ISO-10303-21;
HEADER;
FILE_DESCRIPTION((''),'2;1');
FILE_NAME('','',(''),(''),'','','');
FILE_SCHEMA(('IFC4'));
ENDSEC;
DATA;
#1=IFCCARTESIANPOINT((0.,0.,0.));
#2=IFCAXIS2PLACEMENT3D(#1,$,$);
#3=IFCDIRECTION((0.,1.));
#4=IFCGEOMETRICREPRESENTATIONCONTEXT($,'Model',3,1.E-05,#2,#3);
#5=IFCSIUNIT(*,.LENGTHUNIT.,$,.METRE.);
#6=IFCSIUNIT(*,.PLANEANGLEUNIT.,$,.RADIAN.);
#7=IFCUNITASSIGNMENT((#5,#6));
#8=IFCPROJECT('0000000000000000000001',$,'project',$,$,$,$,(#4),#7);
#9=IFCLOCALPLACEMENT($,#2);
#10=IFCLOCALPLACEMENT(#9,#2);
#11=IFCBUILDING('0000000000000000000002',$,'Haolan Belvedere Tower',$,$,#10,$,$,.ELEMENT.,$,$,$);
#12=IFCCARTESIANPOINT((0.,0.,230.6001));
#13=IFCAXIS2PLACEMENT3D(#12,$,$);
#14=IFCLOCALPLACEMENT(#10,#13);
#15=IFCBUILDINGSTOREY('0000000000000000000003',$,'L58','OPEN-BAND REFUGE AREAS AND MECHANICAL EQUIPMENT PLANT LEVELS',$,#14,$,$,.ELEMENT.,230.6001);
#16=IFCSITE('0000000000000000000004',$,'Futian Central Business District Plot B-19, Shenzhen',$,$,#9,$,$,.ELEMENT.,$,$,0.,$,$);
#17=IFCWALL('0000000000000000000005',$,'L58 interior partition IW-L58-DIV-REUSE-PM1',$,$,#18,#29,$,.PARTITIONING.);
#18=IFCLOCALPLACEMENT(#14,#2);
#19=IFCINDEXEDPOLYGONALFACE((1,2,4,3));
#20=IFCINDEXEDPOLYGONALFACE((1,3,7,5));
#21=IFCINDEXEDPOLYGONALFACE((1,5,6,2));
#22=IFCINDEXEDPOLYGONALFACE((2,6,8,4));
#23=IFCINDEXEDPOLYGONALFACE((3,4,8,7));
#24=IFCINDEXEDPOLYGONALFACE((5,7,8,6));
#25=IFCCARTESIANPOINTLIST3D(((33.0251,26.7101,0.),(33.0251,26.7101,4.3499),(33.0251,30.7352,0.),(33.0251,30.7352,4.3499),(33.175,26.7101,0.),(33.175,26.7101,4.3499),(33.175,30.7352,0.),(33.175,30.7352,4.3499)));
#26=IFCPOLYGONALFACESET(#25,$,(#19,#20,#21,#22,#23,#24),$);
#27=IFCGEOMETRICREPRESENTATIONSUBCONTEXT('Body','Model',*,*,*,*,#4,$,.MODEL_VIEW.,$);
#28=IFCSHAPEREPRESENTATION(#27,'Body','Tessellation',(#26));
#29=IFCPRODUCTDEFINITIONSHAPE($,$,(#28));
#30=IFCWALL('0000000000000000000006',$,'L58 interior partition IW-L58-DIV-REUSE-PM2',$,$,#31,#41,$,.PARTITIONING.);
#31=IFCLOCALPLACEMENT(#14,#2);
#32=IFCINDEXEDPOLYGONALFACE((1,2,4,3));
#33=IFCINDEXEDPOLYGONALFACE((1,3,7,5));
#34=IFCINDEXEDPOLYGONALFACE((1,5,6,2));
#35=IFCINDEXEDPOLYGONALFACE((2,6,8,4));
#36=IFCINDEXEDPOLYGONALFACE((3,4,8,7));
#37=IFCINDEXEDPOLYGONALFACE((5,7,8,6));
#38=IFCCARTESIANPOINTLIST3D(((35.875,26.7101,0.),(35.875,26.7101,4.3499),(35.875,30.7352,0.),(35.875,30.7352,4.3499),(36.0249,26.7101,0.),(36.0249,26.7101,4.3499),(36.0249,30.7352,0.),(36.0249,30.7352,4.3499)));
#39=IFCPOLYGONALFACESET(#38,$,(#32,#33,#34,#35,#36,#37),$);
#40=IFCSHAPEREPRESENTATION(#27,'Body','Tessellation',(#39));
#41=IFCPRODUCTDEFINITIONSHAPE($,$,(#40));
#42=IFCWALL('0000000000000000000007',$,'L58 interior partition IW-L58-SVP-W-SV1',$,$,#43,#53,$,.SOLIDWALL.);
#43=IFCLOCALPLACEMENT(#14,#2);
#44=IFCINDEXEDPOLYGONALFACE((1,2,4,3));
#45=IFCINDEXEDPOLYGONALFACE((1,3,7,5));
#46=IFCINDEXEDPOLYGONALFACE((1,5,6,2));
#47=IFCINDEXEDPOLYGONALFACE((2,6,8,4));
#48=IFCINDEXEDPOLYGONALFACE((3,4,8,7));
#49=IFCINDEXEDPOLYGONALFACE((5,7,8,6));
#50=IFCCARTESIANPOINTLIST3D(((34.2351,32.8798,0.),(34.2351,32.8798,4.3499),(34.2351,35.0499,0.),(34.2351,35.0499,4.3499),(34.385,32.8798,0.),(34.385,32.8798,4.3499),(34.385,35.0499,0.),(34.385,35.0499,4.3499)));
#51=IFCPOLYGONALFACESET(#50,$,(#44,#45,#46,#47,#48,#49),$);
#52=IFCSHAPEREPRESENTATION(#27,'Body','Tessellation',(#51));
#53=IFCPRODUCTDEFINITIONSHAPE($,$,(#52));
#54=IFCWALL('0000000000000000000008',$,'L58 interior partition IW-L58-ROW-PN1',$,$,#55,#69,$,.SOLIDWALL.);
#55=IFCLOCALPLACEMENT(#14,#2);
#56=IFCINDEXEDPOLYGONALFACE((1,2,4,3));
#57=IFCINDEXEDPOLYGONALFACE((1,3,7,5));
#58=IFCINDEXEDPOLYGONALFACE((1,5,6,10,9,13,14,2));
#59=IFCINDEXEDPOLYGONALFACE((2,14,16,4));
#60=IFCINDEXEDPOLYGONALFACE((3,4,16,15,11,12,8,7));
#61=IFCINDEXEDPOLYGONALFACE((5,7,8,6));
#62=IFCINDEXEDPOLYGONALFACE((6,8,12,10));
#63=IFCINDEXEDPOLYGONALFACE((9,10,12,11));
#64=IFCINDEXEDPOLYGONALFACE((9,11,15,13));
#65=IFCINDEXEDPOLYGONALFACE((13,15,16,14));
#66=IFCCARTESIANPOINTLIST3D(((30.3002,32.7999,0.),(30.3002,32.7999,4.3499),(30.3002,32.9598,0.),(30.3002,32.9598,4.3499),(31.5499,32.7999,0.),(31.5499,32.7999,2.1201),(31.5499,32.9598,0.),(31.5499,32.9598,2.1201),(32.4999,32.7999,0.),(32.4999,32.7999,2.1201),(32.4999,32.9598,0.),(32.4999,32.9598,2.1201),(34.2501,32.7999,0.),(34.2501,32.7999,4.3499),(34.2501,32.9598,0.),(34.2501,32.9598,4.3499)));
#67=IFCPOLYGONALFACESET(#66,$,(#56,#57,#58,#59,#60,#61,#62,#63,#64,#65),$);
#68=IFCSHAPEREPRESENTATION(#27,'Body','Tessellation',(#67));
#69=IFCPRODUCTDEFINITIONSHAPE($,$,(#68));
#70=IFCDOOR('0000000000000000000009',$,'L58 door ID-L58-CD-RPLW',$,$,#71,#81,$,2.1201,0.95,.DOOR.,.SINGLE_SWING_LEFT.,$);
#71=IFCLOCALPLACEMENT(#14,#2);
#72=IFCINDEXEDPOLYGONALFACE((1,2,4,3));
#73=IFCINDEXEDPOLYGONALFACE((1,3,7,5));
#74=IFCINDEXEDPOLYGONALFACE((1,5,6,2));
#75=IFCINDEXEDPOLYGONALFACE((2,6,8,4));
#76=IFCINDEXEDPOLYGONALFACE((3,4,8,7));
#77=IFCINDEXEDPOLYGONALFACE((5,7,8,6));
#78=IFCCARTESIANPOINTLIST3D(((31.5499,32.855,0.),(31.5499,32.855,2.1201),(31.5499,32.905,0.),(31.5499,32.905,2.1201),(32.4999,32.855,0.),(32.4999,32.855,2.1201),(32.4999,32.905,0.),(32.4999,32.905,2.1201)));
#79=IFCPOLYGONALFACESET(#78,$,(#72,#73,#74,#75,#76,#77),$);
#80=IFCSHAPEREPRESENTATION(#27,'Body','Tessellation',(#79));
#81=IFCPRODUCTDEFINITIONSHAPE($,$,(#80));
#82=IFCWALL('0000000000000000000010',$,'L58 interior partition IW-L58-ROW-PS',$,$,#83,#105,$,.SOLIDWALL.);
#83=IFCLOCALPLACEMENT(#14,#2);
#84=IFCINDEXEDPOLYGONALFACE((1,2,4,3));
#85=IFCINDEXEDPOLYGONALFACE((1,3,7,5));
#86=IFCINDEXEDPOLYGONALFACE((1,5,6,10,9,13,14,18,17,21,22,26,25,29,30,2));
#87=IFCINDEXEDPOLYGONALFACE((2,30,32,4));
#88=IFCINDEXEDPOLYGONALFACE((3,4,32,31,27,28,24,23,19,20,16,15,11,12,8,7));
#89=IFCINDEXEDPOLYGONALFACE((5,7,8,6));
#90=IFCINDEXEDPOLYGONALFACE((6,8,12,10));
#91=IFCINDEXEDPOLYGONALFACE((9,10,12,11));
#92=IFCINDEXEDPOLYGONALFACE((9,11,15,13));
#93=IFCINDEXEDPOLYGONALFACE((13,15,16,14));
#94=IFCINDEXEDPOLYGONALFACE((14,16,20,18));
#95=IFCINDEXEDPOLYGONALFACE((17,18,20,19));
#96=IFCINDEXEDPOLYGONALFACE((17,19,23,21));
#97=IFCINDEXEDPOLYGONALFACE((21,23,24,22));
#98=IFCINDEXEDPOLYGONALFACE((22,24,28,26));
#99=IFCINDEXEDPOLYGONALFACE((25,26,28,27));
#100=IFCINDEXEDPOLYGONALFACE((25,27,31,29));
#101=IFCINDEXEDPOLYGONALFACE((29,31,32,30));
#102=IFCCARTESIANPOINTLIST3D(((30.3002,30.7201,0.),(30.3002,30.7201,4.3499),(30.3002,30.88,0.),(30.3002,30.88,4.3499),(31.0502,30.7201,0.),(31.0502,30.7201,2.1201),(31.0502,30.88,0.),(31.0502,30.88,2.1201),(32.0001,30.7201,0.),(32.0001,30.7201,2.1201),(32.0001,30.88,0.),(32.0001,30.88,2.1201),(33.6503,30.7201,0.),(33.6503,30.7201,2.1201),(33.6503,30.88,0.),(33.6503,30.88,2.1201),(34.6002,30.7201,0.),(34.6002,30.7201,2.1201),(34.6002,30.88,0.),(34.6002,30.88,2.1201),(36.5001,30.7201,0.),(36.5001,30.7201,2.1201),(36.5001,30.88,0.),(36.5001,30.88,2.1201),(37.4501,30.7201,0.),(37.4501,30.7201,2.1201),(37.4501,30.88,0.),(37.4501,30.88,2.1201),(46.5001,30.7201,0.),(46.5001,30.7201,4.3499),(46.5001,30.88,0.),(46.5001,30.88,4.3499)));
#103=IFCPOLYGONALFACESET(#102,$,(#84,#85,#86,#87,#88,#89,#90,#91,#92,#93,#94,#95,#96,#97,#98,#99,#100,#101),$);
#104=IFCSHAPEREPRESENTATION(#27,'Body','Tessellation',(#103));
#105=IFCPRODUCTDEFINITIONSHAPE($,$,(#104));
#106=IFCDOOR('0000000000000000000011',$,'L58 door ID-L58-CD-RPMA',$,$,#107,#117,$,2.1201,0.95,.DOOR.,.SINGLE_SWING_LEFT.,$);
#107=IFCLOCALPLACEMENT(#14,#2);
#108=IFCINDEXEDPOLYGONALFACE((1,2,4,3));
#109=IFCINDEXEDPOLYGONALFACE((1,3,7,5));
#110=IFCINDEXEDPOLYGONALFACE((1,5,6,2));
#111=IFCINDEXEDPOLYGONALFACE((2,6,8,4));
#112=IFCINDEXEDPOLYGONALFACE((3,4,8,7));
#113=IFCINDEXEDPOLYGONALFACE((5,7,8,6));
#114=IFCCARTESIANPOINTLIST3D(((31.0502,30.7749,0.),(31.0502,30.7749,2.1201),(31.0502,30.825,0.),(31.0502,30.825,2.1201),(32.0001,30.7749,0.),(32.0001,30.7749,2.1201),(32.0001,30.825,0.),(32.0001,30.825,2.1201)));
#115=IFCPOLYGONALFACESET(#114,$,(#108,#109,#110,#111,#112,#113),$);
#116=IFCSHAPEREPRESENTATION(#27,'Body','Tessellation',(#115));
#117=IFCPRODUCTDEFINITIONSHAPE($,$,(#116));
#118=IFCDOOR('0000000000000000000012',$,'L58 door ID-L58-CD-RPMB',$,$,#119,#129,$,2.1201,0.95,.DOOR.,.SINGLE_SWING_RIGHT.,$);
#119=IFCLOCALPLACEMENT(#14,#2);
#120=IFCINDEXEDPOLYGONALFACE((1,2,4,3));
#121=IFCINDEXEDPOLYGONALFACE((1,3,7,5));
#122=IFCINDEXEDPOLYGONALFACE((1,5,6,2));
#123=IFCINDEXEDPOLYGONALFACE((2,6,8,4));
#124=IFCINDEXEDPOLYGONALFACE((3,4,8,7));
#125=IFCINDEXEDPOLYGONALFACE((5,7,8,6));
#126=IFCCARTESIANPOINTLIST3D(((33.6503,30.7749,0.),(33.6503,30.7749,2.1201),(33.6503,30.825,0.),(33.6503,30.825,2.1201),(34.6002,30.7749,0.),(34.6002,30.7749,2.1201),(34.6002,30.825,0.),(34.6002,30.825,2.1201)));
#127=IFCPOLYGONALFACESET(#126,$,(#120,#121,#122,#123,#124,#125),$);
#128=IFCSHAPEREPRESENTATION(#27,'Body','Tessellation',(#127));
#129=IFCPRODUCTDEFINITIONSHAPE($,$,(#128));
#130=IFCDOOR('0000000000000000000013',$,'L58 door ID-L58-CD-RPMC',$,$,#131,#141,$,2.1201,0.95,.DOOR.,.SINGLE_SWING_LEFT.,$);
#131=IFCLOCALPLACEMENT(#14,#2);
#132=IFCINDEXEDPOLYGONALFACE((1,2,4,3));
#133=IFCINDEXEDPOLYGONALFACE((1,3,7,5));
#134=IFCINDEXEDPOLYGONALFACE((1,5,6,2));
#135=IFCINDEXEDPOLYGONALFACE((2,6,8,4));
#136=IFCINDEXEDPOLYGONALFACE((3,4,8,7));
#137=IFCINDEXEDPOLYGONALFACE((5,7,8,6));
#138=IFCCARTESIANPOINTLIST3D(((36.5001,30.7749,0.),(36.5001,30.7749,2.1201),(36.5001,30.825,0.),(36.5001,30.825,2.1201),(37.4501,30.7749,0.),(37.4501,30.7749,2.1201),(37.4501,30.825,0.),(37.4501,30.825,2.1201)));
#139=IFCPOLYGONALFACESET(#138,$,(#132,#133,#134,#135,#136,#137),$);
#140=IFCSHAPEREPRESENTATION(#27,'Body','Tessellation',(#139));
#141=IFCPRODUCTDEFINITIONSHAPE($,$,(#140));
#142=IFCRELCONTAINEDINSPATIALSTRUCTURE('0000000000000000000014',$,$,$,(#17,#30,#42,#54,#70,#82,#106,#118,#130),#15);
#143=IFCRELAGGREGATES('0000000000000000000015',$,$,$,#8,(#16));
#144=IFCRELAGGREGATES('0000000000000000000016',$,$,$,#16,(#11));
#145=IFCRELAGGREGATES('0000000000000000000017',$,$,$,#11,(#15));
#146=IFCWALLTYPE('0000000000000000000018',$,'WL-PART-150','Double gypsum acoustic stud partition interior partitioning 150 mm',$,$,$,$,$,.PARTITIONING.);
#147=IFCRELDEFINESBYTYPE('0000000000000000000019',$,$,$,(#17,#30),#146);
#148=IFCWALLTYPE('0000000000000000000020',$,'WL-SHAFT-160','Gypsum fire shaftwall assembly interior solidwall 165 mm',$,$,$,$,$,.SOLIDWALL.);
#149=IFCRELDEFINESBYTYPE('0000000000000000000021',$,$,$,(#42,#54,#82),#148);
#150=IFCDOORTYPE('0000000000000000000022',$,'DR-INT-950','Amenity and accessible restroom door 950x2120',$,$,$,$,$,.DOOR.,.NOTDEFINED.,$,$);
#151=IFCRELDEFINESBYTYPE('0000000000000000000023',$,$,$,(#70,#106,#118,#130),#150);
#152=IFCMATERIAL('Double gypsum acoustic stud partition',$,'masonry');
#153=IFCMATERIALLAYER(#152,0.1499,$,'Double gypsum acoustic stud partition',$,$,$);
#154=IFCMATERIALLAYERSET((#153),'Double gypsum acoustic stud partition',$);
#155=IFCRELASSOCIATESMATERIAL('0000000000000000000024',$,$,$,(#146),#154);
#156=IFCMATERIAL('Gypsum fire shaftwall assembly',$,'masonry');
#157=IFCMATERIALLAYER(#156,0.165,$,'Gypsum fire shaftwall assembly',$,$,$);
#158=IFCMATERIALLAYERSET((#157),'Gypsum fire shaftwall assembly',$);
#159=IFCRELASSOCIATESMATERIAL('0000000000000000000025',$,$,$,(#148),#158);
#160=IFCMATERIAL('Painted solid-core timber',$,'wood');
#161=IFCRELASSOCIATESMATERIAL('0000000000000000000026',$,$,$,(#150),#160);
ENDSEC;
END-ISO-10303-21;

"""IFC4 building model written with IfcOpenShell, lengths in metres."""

from ifc_helpers import new_model, si_unit, direction, frame, frame_2d, origin, place, context, subcontext, project, spatial, rectangle, extrude, material, layer, layer_set, type_object, element, fill, save


model = new_model("IFC4")

# Units and contexts
model_context = context("Model", 3, precision=1e-05, world=origin(), true_north=direction((0.0, 1.0)))
body_context = subcontext(model_context, "Body", "Model", "MODEL_VIEW")
ifc_project = project(units=[si_unit("LENGTHUNIT", "METRE"), si_unit("PLANEANGLEUNIT", "RADIAN")], contexts=[model_context])

# Site, building, storey
site_placement = place(None, origin())
site = spatial("IfcSite", under=ifc_project, at=site_placement, Name="Futian Central Business District Plot B-19, Shenzhen", CompositionType="ELEMENT", RefElevation=0.0)
building_placement = place(site_placement, origin())
building = spatial("IfcBuilding", under=site, at=building_placement, Name="Haolan Belvedere Tower", CompositionType="ELEMENT")
storey_placement = place(building_placement, frame((0.0, 0.0, 230.6001)))
storey = spatial("IfcBuildingStorey", under=building, at=storey_placement, Name="L58", Description="OPEN-BAND REFUGE AREAS AND MECHANICAL EQUIPMENT PLANT LEVELS", CompositionType="ELEMENT", Elevation=230.6001)

# Walls
ifc_material_1 = material(Name="Double gypsum acoustic stud partition", Category="masonry")
ifc_layer_1 = layer(ifc_material_1, 0.1499, Name="Double gypsum acoustic stud partition")
ifc_layer_set_1 = layer_set([ifc_layer_1], Name="Double gypsum acoustic stud partition")
wall_type_1 = type_object("IfcWallType", Name="WL-PART-150", Description="Double gypsum acoustic stud partition interior partitioning 150 mm", PredefinedType="PARTITIONING", material=ifc_layer_set_1)
for number, where, z_axis, x_axis, name in (
    (1, (33.1001, 26.71, 0.0), (0.0, 0.0, 1.0), (0.0, 1.0, 0.0), "L58 interior partition IW-L58-DIV-REUSE-PM1"),
    (2, (35.95, 26.71, 0.0), (0.0, 0.0, 1.0), (0.0, 1.0, 0.0), "L58 interior partition IW-L58-DIV-REUSE-PM2"),
):
    element("IfcWall", number, at=place(storey_placement, frame(where, z_axis=z_axis, x_axis=x_axis)), inside=storey, type_object=wall_type_1, Name=name, PredefinedType="PARTITIONING", context=body_context, shape_type="SweptSolid", body=[
        extrude(rectangle(XDim=4.0251, YDim=0.1499, at=frame_2d((2.0127, 0.0))), origin(), (0.0, 0.0, 1.0), 4.3499),
    ])
ifc_material_2 = material(Name="Gypsum fire shaftwall assembly", Category="masonry")
ifc_layer_2 = layer(ifc_material_2, 0.165, Name="Gypsum fire shaftwall assembly")
ifc_layer_set_2 = layer_set([ifc_layer_2], Name="Gypsum fire shaftwall assembly")
wall_type_2 = type_object("IfcWallType", Name="WL-SHAFT-160", Description="Gypsum fire shaftwall assembly interior solidwall 165 mm", PredefinedType="SOLIDWALL", material=ifc_layer_set_2)
wall_1_placement = place(storey_placement, frame((34.3101, 32.8799, 0.0), z_axis=(0.0, 0.0, 1.0), x_axis=(0.0, 1.0, 0.0)))
element("IfcWall", 3, at=wall_1_placement, inside=storey, type_object=wall_type_2, Name="L58 interior partition IW-L58-SVP-W-SV1", PredefinedType="SOLIDWALL", context=body_context, shape_type="SweptSolid", body=[
    extrude(rectangle(XDim=2.1702, YDim=0.1499, at=frame_2d((1.085, 0.0))), origin(), (0.0, 0.0, 1.0), 4.3499),
])

# Wall, opening, door
wall_2_placement = place(storey_placement, frame((30.3, 32.8799, 0.0), z_axis=(0.0, 0.0, 1.0), x_axis=(1.0, 0.0, 0.0)))
wall_2 = element("IfcWall", 4, at=wall_2_placement, inside=storey, type_object=wall_type_2, Name="L58 interior partition IW-L58-ROW-PN1", PredefinedType="SOLIDWALL", context=body_context, shape_type="SweptSolid", body=[
    extrude(rectangle(XDim=3.95, YDim=0.1599, at=frame_2d((1.9751, 0.0))), origin(), (0.0, 0.0, 1.0), 4.3499),
])
opening_1_placement = place(wall_2_placement, frame((2.2, 0.0, 0.0), z_axis=(0.0, 0.0, 1.0), x_axis=(-1.0, 0.0, 0.0)))
opening_1 = element("IfcOpeningElement", 5, at=opening_1_placement, cuts=wall_2, PredefinedType="OPENING", context=body_context, shape_type="SweptSolid", body=[
    extrude(rectangle(XDim=0.95, YDim=2.1201, at=frame_2d((0.4751, 1.0601))), frame((0.0, 0.0898, 0.0), z_axis=(0.0, -1.0, 0.0), x_axis=(1.0, 0.0, 0.0)), (0.0, 0.0, 1.0), 0.1799),
])
ifc_material_3 = material(Name="Painted solid-core timber", Category="wood")
door_type_1 = type_object("IfcDoorType", Name="DR-INT-950", Description="Amenity and accessible restroom door 950x2120", OperationType="NOTDEFINED", PredefinedType="DOOR", material=ifc_material_3)
door_1_placement = place(opening_1_placement, origin())
door_1 = element("IfcDoor", 6, at=door_1_placement, inside=storey, type_object=door_type_1, Name="L58 door ID-L58-CD-RPLW", OperationType="SINGLE_SWING_LEFT", OverallHeight=2.1201, OverallWidth=0.95, PredefinedType="DOOR", context=body_context, shape_type="SweptSolid", body=[
    extrude(rectangle(XDim=0.95, YDim=2.1201, at=frame_2d((0.4751, 1.0601))), frame((0.0, 0.0249, 0.0), z_axis=(0.0, -1.0, 0.0), x_axis=(1.0, 0.0, 0.0)), (0.0, 0.0, 1.0), 0.05),
])
fill(opening_1, door_1)

# Wall, openings, doors
wall_3_placement = place(storey_placement, frame((30.3, 30.8, 0.0), z_axis=(0.0, 0.0, 1.0), x_axis=(1.0, 0.0, 0.0)))
wall_3 = element("IfcWall", 7, at=wall_3_placement, inside=storey, type_object=wall_type_2, Name="L58 interior partition IW-L58-ROW-PS", PredefinedType="SOLIDWALL", context=body_context, shape_type="SweptSolid", body=[
    extrude(rectangle(XDim=16.2, YDim=0.1599, at=frame_2d((8.1001, 0.0))), origin(), (0.0, 0.0, 1.0), 4.3499),
])
opening_2_placement = place(wall_3_placement, frame((0.75, 0.0, 0.0)))
opening_2 = element("IfcOpeningElement", 8, at=opening_2_placement, cuts=wall_3, PredefinedType="OPENING", context=body_context, shape_type="SweptSolid", body=[
    extrude(rectangle(XDim=0.95, YDim=2.1201, at=frame_2d((0.4751, 1.0601))), frame((0.0, 0.0898, 0.0), z_axis=(0.0, -1.0, 0.0), x_axis=(1.0, 0.0, 0.0)), (0.0, 0.0, 1.0), 0.1799),
])
opening_3_placement = place(wall_3_placement, frame((3.3501, 0.0, 0.0)))
opening_3 = element("IfcOpeningElement", 9, at=opening_3_placement, cuts=wall_3, PredefinedType="OPENING", context=body_context, shape_type="SweptSolid", body=[
    extrude(rectangle(XDim=0.95, YDim=2.1201, at=frame_2d((0.4751, 1.0601))), frame((0.0, 0.0898, 0.0), z_axis=(0.0, -1.0, 0.0), x_axis=(1.0, 0.0, 0.0)), (0.0, 0.0, 1.0), 0.1799),
])
opening_4_placement = place(wall_3_placement, frame((6.2, 0.0, 0.0)))
opening_4 = element("IfcOpeningElement", 10, at=opening_4_placement, cuts=wall_3, PredefinedType="OPENING", context=body_context, shape_type="SweptSolid", body=[
    extrude(rectangle(XDim=0.95, YDim=2.1201, at=frame_2d((0.4751, 1.0601))), frame((0.0, 0.0898, 0.0), z_axis=(0.0, -1.0, 0.0), x_axis=(1.0, 0.0, 0.0)), (0.0, 0.0, 1.0), 0.1799),
])
door_2_placement = place(opening_2_placement, origin())
door_2 = element("IfcDoor", 11, at=door_2_placement, inside=storey, type_object=door_type_1, Name="L58 door ID-L58-CD-RPMA", OperationType="SINGLE_SWING_LEFT", OverallHeight=2.1201, OverallWidth=0.95, PredefinedType="DOOR", context=body_context, shape_type="SweptSolid", body=[
    extrude(rectangle(XDim=0.95, YDim=2.1201, at=frame_2d((0.4751, 1.0601))), frame((0.0, 0.0249, 0.0), z_axis=(0.0, -1.0, 0.0), x_axis=(1.0, 0.0, 0.0)), (0.0, 0.0, 1.0), 0.05),
])
fill(opening_2, door_2)
door_3_placement = place(opening_3_placement, origin())
door_3 = element("IfcDoor", 12, at=door_3_placement, inside=storey, type_object=door_type_1, Name="L58 door ID-L58-CD-RPMB", OperationType="SINGLE_SWING_RIGHT", OverallHeight=2.1201, OverallWidth=0.95, PredefinedType="DOOR", context=body_context, shape_type="SweptSolid", body=[
    extrude(rectangle(XDim=0.95, YDim=2.1201, at=frame_2d((0.4751, 1.0601))), frame((0.0, 0.0249, 0.0), z_axis=(0.0, -1.0, 0.0), x_axis=(1.0, 0.0, 0.0)), (0.0, 0.0, 1.0), 0.05),
])
fill(opening_3, door_3)
door_4_placement = place(opening_4_placement, origin())
door_4 = element("IfcDoor", 13, at=door_4_placement, inside=storey, type_object=door_type_1, Name="L58 door ID-L58-CD-RPMC", OperationType="SINGLE_SWING_LEFT", OverallHeight=2.1201, OverallWidth=0.95, PredefinedType="DOOR", context=body_context, shape_type="SweptSolid", body=[
    extrude(rectangle(XDim=0.95, YDim=2.1201, at=frame_2d((0.4751, 1.0601))), frame((0.0, 0.0249, 0.0), z_axis=(0.0, -1.0, 0.0), x_axis=(1.0, 0.0, 0.0)), (0.0, 0.0, 1.0), 0.05),
])
fill(opening_4, door_4)

save(model, "model.ifc")
